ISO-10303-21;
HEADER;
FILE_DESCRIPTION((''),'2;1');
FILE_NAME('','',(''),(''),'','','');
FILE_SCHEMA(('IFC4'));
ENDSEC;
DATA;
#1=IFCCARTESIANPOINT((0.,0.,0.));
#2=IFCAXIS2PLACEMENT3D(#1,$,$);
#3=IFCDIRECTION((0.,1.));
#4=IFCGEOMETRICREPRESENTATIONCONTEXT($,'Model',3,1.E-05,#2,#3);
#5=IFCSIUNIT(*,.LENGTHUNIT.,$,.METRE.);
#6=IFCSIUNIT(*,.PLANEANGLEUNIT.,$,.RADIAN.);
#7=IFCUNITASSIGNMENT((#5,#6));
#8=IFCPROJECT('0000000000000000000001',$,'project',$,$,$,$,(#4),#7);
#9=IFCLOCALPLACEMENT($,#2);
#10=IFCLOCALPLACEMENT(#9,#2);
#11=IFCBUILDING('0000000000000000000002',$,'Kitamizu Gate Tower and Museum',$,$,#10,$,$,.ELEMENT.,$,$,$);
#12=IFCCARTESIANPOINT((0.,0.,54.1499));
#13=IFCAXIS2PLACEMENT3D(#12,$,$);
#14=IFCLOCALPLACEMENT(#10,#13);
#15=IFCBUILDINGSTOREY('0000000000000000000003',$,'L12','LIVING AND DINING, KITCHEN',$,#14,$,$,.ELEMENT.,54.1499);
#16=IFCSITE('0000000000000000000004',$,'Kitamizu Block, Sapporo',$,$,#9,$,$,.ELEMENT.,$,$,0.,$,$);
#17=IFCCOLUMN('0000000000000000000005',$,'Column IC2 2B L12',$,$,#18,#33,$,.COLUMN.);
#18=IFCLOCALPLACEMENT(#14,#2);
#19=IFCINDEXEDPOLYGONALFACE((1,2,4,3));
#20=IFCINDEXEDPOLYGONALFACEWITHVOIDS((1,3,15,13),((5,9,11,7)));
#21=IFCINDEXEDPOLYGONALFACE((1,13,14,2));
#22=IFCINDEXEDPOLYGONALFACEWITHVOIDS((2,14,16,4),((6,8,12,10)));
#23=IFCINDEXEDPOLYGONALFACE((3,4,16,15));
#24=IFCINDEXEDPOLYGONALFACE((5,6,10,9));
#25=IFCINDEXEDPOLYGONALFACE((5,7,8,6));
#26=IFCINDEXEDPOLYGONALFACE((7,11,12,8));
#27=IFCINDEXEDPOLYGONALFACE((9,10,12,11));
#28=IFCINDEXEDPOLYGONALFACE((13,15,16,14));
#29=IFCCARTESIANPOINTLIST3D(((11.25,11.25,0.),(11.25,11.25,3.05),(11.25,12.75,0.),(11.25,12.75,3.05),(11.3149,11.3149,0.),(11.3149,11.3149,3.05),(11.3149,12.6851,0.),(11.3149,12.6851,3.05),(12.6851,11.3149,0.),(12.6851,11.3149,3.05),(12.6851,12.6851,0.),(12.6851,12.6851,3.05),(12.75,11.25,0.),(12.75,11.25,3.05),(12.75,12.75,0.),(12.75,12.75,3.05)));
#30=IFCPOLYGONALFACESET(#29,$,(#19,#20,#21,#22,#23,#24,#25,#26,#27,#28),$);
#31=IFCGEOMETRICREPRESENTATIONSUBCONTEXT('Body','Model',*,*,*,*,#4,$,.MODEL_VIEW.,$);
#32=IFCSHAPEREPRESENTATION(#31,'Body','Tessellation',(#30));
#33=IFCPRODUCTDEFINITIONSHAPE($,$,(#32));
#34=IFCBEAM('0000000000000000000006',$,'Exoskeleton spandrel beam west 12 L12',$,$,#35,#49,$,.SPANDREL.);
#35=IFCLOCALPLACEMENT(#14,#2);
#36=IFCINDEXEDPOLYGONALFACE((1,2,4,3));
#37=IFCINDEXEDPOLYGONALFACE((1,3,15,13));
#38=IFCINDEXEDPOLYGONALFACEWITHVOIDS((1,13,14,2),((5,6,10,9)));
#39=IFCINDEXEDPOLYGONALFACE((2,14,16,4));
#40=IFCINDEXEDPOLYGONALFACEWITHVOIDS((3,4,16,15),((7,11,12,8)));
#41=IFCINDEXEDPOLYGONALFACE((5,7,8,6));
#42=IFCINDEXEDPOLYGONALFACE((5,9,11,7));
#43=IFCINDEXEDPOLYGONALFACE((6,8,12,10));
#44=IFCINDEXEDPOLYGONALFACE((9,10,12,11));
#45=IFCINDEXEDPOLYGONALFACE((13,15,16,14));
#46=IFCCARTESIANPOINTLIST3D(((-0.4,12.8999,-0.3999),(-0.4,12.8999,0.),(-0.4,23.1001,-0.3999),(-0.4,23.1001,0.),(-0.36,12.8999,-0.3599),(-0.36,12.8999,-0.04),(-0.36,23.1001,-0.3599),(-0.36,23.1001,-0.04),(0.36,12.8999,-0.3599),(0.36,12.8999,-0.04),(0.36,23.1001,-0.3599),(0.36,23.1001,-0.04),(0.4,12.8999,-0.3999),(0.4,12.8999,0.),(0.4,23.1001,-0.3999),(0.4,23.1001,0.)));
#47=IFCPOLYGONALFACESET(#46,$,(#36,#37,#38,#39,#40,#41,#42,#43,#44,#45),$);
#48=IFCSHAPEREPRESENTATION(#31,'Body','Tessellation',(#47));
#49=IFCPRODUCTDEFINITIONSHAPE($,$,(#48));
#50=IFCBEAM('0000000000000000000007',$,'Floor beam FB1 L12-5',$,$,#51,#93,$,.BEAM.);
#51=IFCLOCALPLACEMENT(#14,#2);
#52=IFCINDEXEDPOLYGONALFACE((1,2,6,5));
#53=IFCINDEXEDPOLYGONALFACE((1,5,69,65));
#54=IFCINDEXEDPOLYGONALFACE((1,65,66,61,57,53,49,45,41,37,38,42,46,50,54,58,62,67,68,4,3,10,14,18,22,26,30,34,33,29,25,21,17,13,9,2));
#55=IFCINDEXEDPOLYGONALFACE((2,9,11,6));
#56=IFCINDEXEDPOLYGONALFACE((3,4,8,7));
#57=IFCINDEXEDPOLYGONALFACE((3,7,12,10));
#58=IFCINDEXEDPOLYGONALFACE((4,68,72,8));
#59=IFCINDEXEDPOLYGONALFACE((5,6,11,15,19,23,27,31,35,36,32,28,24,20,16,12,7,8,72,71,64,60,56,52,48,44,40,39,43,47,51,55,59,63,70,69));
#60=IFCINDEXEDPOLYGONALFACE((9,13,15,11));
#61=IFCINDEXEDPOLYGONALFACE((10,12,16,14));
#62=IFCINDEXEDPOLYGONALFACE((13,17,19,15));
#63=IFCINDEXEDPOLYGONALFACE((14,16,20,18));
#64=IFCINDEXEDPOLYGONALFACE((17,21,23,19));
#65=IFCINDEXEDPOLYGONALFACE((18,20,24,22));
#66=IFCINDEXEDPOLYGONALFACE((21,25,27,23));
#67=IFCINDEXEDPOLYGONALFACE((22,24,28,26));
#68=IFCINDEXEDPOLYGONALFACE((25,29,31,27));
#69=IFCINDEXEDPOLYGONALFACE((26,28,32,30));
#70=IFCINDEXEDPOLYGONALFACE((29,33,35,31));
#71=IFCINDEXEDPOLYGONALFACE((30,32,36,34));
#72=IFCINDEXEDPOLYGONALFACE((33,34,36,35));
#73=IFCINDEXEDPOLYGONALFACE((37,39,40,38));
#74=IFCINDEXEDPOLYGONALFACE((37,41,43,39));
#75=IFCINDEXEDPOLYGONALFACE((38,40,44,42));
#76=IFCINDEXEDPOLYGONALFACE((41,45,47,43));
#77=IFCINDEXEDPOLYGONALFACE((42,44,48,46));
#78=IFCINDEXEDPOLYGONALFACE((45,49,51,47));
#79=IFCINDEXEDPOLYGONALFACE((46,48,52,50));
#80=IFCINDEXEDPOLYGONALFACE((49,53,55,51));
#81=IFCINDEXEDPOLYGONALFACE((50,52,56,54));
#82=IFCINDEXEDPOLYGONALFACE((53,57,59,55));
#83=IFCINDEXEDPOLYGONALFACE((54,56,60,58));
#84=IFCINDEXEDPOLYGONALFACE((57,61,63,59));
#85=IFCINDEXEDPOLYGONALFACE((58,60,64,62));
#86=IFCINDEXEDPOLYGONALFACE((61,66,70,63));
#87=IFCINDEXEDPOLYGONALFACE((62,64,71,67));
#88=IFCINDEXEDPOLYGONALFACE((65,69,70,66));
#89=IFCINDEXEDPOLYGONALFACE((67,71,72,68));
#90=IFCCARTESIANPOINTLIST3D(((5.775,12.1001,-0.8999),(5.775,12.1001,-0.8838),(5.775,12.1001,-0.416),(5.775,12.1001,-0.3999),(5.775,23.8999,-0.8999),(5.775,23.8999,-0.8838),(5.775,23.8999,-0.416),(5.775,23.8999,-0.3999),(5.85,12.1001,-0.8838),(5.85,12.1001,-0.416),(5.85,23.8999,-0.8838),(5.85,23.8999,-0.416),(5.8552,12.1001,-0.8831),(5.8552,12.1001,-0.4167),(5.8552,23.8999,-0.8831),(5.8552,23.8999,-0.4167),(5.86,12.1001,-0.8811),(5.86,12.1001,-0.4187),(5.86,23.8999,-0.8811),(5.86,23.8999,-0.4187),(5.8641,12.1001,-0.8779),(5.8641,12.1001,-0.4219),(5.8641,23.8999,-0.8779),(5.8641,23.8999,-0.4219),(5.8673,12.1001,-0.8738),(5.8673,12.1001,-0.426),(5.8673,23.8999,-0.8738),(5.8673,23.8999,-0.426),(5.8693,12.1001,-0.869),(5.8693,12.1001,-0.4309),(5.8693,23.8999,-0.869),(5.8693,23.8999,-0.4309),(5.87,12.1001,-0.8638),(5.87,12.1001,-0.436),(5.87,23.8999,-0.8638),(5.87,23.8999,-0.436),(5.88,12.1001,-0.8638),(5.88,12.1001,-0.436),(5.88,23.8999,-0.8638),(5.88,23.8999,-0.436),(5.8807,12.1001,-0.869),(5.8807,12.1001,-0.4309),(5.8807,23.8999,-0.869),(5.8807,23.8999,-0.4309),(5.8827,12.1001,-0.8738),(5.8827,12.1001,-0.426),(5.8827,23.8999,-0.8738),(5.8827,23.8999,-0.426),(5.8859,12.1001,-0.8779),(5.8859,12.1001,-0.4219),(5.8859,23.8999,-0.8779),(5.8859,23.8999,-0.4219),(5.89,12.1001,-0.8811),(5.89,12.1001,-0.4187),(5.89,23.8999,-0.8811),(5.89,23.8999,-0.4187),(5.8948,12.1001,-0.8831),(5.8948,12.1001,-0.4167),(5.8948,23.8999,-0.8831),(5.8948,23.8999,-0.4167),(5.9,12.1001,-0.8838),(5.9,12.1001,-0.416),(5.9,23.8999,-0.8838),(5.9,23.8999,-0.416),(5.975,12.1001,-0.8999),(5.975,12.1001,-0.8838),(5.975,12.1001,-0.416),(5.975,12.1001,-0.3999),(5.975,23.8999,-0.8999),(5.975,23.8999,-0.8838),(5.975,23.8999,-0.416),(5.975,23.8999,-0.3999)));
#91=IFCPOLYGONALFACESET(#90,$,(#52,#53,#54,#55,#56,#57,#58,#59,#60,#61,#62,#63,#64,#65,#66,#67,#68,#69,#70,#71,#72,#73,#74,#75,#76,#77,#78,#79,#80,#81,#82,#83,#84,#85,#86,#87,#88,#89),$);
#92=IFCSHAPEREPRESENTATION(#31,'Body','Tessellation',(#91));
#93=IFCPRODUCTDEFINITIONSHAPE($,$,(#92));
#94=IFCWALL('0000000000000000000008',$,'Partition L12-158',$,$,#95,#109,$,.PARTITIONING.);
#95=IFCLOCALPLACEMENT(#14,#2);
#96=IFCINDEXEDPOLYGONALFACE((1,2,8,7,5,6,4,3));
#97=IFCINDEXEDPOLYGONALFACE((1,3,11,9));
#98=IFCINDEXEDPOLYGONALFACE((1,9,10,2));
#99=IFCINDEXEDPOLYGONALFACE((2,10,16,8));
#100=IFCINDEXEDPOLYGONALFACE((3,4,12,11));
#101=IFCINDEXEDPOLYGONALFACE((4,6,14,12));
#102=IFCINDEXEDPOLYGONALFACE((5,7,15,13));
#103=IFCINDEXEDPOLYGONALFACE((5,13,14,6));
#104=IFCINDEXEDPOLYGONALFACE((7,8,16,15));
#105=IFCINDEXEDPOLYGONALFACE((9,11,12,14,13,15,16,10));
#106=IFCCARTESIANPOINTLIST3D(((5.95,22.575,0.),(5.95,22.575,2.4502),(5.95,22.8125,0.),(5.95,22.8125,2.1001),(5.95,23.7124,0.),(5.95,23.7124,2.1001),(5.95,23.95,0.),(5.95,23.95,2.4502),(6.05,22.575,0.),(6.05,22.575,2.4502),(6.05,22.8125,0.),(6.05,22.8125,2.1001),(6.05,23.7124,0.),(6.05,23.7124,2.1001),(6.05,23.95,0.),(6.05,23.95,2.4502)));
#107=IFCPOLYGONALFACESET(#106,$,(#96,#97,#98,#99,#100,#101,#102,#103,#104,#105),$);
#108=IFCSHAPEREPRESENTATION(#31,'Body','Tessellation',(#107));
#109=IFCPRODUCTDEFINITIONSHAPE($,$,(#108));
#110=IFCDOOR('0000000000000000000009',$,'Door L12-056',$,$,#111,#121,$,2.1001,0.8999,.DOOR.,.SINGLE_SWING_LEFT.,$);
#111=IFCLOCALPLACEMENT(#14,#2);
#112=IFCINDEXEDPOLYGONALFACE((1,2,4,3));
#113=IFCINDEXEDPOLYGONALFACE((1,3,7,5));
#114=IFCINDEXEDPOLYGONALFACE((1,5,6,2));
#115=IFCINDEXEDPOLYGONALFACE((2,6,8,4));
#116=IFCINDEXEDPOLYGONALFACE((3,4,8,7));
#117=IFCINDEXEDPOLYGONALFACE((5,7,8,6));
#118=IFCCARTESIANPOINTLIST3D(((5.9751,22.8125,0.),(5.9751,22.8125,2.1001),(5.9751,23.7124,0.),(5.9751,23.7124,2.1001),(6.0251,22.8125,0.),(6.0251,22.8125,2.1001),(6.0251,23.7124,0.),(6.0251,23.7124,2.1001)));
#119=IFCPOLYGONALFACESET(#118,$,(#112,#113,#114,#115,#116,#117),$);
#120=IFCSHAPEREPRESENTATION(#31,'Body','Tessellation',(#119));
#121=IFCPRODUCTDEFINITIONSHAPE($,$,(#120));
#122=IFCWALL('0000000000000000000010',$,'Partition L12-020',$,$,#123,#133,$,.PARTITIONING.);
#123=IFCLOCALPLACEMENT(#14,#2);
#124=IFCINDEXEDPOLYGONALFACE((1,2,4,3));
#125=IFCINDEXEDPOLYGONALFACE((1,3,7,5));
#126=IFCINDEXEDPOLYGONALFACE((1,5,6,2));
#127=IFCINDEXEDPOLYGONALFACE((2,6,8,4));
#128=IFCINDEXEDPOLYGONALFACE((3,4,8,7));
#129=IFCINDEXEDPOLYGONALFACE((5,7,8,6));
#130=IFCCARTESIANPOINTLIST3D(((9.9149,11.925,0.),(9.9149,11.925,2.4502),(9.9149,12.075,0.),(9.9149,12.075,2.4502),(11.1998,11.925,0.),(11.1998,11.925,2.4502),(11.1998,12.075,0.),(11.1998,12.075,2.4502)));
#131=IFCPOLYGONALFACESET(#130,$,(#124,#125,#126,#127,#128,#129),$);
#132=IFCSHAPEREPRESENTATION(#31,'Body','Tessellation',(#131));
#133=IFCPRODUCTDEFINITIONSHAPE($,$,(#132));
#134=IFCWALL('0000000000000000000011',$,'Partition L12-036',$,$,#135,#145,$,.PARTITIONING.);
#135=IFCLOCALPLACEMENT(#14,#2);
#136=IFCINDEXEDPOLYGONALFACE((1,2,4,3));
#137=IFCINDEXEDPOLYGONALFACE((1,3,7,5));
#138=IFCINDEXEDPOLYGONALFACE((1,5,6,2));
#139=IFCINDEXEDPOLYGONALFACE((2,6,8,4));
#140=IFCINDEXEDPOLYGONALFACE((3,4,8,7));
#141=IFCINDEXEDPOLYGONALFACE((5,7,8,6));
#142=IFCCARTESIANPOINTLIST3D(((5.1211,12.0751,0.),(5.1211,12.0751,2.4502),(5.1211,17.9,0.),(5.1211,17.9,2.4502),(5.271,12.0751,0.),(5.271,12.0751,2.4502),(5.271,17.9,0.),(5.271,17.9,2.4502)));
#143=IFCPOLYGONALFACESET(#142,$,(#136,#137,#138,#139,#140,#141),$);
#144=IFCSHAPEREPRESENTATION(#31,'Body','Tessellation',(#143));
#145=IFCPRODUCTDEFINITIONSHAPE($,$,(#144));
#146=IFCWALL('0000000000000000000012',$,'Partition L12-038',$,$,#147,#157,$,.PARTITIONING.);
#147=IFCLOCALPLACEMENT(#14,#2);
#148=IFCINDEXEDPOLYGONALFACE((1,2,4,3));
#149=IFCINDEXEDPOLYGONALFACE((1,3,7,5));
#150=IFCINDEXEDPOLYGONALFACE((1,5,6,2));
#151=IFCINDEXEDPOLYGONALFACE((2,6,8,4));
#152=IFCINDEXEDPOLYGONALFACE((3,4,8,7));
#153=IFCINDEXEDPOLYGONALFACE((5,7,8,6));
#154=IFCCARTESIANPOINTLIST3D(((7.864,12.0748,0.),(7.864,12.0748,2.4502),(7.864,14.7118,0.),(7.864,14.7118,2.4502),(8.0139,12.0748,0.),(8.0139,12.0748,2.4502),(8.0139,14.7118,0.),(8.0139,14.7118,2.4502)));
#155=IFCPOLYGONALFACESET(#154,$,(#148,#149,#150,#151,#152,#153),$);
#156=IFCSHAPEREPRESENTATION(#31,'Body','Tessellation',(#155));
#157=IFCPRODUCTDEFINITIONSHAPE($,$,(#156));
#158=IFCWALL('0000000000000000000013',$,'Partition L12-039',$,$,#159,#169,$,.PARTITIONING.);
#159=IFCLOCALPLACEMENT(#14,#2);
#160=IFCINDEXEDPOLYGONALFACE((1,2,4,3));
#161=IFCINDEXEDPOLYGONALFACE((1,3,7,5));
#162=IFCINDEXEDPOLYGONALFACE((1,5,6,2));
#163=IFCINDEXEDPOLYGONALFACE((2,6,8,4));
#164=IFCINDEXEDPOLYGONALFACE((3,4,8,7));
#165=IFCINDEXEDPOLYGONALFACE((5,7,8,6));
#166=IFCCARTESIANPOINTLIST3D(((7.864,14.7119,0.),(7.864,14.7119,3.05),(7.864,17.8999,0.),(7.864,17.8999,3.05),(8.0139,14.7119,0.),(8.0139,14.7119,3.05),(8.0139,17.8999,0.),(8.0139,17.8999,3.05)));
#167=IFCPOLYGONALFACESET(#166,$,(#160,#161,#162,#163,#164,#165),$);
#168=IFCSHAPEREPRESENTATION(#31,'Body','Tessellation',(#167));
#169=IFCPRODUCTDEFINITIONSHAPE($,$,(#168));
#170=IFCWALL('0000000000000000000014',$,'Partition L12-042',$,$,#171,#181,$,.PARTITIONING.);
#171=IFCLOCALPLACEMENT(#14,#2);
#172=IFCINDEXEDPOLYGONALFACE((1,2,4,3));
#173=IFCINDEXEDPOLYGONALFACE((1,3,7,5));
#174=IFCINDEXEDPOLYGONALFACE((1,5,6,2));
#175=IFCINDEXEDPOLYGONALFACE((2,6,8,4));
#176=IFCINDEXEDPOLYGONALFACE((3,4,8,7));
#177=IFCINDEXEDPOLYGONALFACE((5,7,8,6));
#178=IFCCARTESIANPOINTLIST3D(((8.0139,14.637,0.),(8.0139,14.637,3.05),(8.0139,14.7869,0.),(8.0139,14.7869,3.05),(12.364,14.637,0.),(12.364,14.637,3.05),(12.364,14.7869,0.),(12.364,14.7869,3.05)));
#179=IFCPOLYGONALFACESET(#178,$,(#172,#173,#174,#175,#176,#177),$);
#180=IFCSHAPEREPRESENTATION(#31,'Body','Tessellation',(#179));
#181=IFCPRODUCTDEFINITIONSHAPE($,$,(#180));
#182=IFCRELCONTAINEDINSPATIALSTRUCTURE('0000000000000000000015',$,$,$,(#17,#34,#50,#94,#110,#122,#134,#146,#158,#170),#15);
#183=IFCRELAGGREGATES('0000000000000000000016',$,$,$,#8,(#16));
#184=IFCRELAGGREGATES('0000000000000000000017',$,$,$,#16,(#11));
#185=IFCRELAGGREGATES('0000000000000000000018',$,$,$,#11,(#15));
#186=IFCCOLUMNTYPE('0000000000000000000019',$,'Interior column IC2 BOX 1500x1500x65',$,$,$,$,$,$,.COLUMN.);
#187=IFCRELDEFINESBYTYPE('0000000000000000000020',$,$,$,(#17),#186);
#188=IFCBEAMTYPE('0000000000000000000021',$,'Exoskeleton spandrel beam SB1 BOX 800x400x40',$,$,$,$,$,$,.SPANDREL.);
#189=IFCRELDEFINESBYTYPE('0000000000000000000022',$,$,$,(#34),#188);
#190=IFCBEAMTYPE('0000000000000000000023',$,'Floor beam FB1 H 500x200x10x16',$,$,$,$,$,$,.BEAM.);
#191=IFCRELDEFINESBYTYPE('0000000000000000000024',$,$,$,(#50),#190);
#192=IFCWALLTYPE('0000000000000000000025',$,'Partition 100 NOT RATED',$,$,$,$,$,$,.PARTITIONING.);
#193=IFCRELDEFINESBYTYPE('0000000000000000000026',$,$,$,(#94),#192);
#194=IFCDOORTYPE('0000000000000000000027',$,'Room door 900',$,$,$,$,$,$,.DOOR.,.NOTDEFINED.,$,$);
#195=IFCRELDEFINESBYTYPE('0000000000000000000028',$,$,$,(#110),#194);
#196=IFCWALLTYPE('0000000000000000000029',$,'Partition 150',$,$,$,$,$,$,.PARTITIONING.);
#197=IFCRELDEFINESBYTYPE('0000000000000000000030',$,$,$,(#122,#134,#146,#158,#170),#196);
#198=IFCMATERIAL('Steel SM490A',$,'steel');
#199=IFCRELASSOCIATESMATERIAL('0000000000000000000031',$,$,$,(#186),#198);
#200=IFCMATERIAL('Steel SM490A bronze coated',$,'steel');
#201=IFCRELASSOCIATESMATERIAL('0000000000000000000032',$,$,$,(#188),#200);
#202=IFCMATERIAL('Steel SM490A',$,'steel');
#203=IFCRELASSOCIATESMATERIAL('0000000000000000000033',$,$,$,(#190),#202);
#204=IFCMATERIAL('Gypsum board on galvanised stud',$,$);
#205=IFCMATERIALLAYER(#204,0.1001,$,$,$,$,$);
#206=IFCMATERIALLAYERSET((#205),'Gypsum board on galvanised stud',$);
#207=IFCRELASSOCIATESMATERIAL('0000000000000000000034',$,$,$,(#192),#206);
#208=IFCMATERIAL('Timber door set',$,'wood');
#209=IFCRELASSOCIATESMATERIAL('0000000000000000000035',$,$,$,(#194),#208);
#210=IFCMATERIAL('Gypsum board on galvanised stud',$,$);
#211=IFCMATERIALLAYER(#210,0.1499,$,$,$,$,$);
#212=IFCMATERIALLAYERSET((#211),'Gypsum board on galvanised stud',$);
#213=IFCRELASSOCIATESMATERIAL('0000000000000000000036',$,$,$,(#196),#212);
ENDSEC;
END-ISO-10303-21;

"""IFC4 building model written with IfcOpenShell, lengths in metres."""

from ifc_helpers import new_model, si_unit, direction, frame, frame_2d, origin, origin_2d, place, context, subcontext, project, spatial, rectangle, hollow_rectangle, i_section, extrude, material, layer, layer_set, material_profile, profile_set, type_object, element, fill, save


model = new_model("IFC4")

# Units and contexts
model_context = context("Model", 3, precision=1e-05, world=origin(), true_north=direction((0.0, 1.0)))
body_context = subcontext(model_context, "Body", "Model", "MODEL_VIEW")
ifc_project = project(units=[si_unit("LENGTHUNIT", "METRE"), si_unit("PLANEANGLEUNIT", "RADIAN")], contexts=[model_context])

# Site, building, storey
site_placement = place(None, origin())
site = spatial("IfcSite", under=ifc_project, at=site_placement, Name="Kitamizu Block, Sapporo", CompositionType="ELEMENT", RefElevation=0.0)
building_placement = place(site_placement, origin())
building = spatial("IfcBuilding", under=site, at=building_placement, Name="Kitamizu Gate Tower and Museum", CompositionType="ELEMENT")
storey_placement = place(building_placement, frame((0.0, 0.0, 54.1499)))
storey = spatial("IfcBuildingStorey", under=building, at=storey_placement, Name="L12", Description="LIVING AND DINING, KITCHEN", CompositionType="ELEMENT", Elevation=54.1499)

# Column
ifc_material_1 = material(Name="Steel SM490A", Category="steel")
ifc_material_profile_1 = material_profile(ifc_material_1, hollow_rectangle(XDim=1.5, YDim=1.5, WallThickness=0.0649, at=origin_2d()), Name="BOX 1500x1500x65")
ifc_profile_set_1 = profile_set([ifc_material_profile_1], Name="Steel SM490A")
column_type = type_object("IfcColumnType", Name="Interior column IC2 BOX 1500x1500x65", PredefinedType="COLUMN", material=ifc_profile_set_1)
column_placement = place(storey_placement, frame((12.0, 12.0, 0.0), z_axis=(0.0, 0.0, 1.0), x_axis=(1.0, 0.0, 0.0)))
element("IfcColumn", 1, at=column_placement, inside=storey, type_object=column_type, Name="Column IC2 2B L12", PredefinedType="COLUMN", context=body_context, shape_type="SweptSolid", body=[
    extrude(hollow_rectangle(XDim=1.5, YDim=1.5, WallThickness=0.0649, at=origin_2d()), origin(), (0.0, 0.0, 1.0), 3.05),
])

# Beams
ifc_material_2 = material(Name="Steel SM490A bronze coated", Category="steel")
ifc_material_profile_2 = material_profile(ifc_material_2, hollow_rectangle(XDim=0.8, YDim=0.3999, WallThickness=0.04, at=origin_2d()), Name="BOX 800x400x40")
ifc_profile_set_2 = profile_set([ifc_material_profile_2], Name="Steel SM490A bronze coated")
beam_type_1 = type_object("IfcBeamType", Name="Exoskeleton spandrel beam SB1 BOX 800x400x40", PredefinedType="SPANDREL", material=ifc_profile_set_2)
beam_1_placement = place(storey_placement, frame((0.0, 12.8999, -0.2), z_axis=(0.0, 1.0, 0.0), x_axis=(-1.0, 0.0, 0.0)))
element("IfcBeam", 2, at=beam_1_placement, inside=storey, type_object=beam_type_1, Name="Exoskeleton spandrel beam west 12 L12", PredefinedType="SPANDREL", context=body_context, shape_type="SweptSolid", body=[
    extrude(hollow_rectangle(XDim=0.8, YDim=0.3999, WallThickness=0.04, at=origin_2d()), origin(), (0.0, 0.0, 1.0), 10.2002),
])
ifc_material_3 = material(Name="Steel SM490A", Category="steel")
ifc_material_profile_3 = material_profile(ifc_material_3, i_section(OverallWidth=0.2, OverallDepth=0.5, WebThickness=0.01, FlangeThickness=0.0161, FilletRadius=0.02, at=origin_2d()), Name="H-500x200x10x16")
ifc_profile_set_3 = profile_set([ifc_material_profile_3], Name="Steel SM490A")
beam_type_2 = type_object("IfcBeamType", Name="Floor beam FB1 H 500x200x10x16", PredefinedType="BEAM", material=ifc_profile_set_3)
beam_2_placement = place(storey_placement, frame((5.875, 12.1001, -0.6499), z_axis=(0.0, 1.0, 0.0), x_axis=(-1.0, 0.0, 0.0)))
element("IfcBeam", 3, at=beam_2_placement, inside=storey, type_object=beam_type_2, Name="Floor beam FB1 L12-5", PredefinedType="BEAM", context=body_context, shape_type="SweptSolid", body=[
    extrude(i_section(OverallWidth=0.2, OverallDepth=0.5, WebThickness=0.01, FlangeThickness=0.0161, FilletRadius=0.02, at=origin_2d()), origin(), (0.0, 0.0, 1.0), 11.7998),
])

# Wall, opening, door
ifc_material_4 = material(Name="Gypsum board on galvanised stud")
ifc_layer_1 = layer(ifc_material_4, 0.1001)
ifc_layer_set_1 = layer_set([ifc_layer_1], Name="Gypsum board on galvanised stud")
wall_type_1 = type_object("IfcWallType", Name="Partition 100 NOT RATED", PredefinedType="PARTITIONING", material=ifc_layer_set_1)
wall_1_placement = place(storey_placement, frame((6.0, 22.575, 0.0), z_axis=(0.0, 0.0, 1.0), x_axis=(0.0, 1.0, 0.0)))
wall_1 = element("IfcWall", 4, at=wall_1_placement, inside=storey, type_object=wall_type_1, Name="Partition L12-158", PredefinedType="PARTITIONING", context=body_context, shape_type="SweptSolid", body=[
    extrude(rectangle(XDim=1.375, YDim=0.1001, at=frame_2d((0.6875, 0.0))), origin(), (0.0, 0.0, 1.0), 2.4502),
])
opening_1_placement = place(wall_1_placement, frame((0.2375, 0.0, 0.0)))
opening_1 = element("IfcOpeningElement", 5, at=opening_1_placement, cuts=wall_1, PredefinedType="OPENING", context=body_context, shape_type="SweptSolid", body=[
    extrude(rectangle(XDim=0.8999, YDim=2.1001, at=frame_2d((0.45, 1.05))), frame((0.0, 0.0601, 0.0), z_axis=(0.0, -1.0, 0.0), x_axis=(1.0, 0.0, 0.0)), (0.0, 0.0, 1.0), 0.1201),
])
ifc_material_5 = material(Name="Timber door set", Category="wood")
door_type_1 = type_object("IfcDoorType", Name="Room door 900", OperationType="NOTDEFINED", PredefinedType="DOOR", material=ifc_material_5)
door_1_placement = place(opening_1_placement, origin())
door_1 = element("IfcDoor", 6, at=door_1_placement, inside=storey, type_object=door_type_1, Name="Door L12-056", OperationType="SINGLE_SWING_LEFT", OverallHeight=2.1001, OverallWidth=0.8999, PredefinedType="DOOR", context=body_context, shape_type="SweptSolid", body=[
    extrude(rectangle(XDim=0.8999, YDim=2.1001, at=frame_2d((0.45, 1.05))), frame((0.0, 0.0249, 0.0), z_axis=(0.0, -1.0, 0.0), x_axis=(1.0, 0.0, 0.0)), (0.0, 0.0, 1.0), 0.05),
])
fill(opening_1, door_1)

# Walls
ifc_material_6 = material(Name="Gypsum board on galvanised stud")
ifc_layer_2 = layer(ifc_material_6, 0.1499)
ifc_layer_set_2 = layer_set([ifc_layer_2], Name="Gypsum board on galvanised stud")
wall_type_2 = type_object("IfcWallType", Name="Partition 150", PredefinedType="PARTITIONING", material=ifc_layer_set_2)
wall_2_placement = place(storey_placement, frame((11.2, 12.0, 0.0), z_axis=(0.0, 0.0, 1.0), x_axis=(-1.0, 0.0, 0.0)))
element("IfcWall", 7, at=wall_2_placement, inside=storey, type_object=wall_type_2, Name="Partition L12-020", PredefinedType="PARTITIONING", context=body_context, shape_type="SweptSolid", body=[
    extrude(rectangle(XDim=1.2849, YDim=0.1499, at=frame_2d((0.6426, 0.0))), origin(), (0.0, 0.0, 1.0), 2.4502),
])
wall_3_placement = place(storey_placement, frame((5.196, 12.075, 0.0), z_axis=(0.0, 0.0, 1.0), x_axis=(0.0, 1.0, 0.0)))
element("IfcWall", 8, at=wall_3_placement, inside=storey, type_object=wall_type_2, Name="Partition L12-036", PredefinedType="PARTITIONING", context=body_context, shape_type="SweptSolid", body=[
    extrude(rectangle(XDim=5.825, YDim=0.1499, at=frame_2d((2.9126, 0.0))), origin(), (0.0, 0.0, 1.0), 2.4502),
])
wall_4_placement = place(storey_placement, frame((7.939, 12.075, 0.0), z_axis=(0.0, 0.0, 1.0), x_axis=(0.0, 1.0, 0.0)))
element("IfcWall", 9, at=wall_4_placement, inside=storey, type_object=wall_type_2, Name="Partition L12-038", PredefinedType="PARTITIONING", context=body_context, shape_type="SweptSolid", body=[
    extrude(rectangle(XDim=2.637, YDim=0.1499, at=frame_2d((1.3184, 0.0))), origin(), (0.0, 0.0, 1.0), 2.4502),
])
wall_5_placement = place(storey_placement, frame((7.939, 14.7119, 0.0), z_axis=(0.0, 0.0, 1.0), x_axis=(0.0, 1.0, 0.0)))
element("IfcWall", 10, at=wall_5_placement, inside=storey, type_object=wall_type_2, Name="Partition L12-039", PredefinedType="PARTITIONING", context=body_context, shape_type="SweptSolid", body=[
    extrude(rectangle(XDim=3.188, YDim=0.1499, at=frame_2d((1.594, 0.0))), origin(), (0.0, 0.0, 1.0), 3.05),
])
wall_6_placement = place(storey_placement, frame((12.364, 14.7119, 0.0), z_axis=(0.0, 0.0, 1.0), x_axis=(-1.0, 0.0, 0.0)))
element("IfcWall", 11, at=wall_6_placement, inside=storey, type_object=wall_type_2, Name="Partition L12-042", PredefinedType="PARTITIONING", context=body_context, shape_type="SweptSolid", body=[
    extrude(rectangle(XDim=4.3501, YDim=0.1499, at=frame_2d((2.175, 0.0))), origin(), (0.0, 0.0, 1.0), 3.05),
])

save(model, "model.ifc")
